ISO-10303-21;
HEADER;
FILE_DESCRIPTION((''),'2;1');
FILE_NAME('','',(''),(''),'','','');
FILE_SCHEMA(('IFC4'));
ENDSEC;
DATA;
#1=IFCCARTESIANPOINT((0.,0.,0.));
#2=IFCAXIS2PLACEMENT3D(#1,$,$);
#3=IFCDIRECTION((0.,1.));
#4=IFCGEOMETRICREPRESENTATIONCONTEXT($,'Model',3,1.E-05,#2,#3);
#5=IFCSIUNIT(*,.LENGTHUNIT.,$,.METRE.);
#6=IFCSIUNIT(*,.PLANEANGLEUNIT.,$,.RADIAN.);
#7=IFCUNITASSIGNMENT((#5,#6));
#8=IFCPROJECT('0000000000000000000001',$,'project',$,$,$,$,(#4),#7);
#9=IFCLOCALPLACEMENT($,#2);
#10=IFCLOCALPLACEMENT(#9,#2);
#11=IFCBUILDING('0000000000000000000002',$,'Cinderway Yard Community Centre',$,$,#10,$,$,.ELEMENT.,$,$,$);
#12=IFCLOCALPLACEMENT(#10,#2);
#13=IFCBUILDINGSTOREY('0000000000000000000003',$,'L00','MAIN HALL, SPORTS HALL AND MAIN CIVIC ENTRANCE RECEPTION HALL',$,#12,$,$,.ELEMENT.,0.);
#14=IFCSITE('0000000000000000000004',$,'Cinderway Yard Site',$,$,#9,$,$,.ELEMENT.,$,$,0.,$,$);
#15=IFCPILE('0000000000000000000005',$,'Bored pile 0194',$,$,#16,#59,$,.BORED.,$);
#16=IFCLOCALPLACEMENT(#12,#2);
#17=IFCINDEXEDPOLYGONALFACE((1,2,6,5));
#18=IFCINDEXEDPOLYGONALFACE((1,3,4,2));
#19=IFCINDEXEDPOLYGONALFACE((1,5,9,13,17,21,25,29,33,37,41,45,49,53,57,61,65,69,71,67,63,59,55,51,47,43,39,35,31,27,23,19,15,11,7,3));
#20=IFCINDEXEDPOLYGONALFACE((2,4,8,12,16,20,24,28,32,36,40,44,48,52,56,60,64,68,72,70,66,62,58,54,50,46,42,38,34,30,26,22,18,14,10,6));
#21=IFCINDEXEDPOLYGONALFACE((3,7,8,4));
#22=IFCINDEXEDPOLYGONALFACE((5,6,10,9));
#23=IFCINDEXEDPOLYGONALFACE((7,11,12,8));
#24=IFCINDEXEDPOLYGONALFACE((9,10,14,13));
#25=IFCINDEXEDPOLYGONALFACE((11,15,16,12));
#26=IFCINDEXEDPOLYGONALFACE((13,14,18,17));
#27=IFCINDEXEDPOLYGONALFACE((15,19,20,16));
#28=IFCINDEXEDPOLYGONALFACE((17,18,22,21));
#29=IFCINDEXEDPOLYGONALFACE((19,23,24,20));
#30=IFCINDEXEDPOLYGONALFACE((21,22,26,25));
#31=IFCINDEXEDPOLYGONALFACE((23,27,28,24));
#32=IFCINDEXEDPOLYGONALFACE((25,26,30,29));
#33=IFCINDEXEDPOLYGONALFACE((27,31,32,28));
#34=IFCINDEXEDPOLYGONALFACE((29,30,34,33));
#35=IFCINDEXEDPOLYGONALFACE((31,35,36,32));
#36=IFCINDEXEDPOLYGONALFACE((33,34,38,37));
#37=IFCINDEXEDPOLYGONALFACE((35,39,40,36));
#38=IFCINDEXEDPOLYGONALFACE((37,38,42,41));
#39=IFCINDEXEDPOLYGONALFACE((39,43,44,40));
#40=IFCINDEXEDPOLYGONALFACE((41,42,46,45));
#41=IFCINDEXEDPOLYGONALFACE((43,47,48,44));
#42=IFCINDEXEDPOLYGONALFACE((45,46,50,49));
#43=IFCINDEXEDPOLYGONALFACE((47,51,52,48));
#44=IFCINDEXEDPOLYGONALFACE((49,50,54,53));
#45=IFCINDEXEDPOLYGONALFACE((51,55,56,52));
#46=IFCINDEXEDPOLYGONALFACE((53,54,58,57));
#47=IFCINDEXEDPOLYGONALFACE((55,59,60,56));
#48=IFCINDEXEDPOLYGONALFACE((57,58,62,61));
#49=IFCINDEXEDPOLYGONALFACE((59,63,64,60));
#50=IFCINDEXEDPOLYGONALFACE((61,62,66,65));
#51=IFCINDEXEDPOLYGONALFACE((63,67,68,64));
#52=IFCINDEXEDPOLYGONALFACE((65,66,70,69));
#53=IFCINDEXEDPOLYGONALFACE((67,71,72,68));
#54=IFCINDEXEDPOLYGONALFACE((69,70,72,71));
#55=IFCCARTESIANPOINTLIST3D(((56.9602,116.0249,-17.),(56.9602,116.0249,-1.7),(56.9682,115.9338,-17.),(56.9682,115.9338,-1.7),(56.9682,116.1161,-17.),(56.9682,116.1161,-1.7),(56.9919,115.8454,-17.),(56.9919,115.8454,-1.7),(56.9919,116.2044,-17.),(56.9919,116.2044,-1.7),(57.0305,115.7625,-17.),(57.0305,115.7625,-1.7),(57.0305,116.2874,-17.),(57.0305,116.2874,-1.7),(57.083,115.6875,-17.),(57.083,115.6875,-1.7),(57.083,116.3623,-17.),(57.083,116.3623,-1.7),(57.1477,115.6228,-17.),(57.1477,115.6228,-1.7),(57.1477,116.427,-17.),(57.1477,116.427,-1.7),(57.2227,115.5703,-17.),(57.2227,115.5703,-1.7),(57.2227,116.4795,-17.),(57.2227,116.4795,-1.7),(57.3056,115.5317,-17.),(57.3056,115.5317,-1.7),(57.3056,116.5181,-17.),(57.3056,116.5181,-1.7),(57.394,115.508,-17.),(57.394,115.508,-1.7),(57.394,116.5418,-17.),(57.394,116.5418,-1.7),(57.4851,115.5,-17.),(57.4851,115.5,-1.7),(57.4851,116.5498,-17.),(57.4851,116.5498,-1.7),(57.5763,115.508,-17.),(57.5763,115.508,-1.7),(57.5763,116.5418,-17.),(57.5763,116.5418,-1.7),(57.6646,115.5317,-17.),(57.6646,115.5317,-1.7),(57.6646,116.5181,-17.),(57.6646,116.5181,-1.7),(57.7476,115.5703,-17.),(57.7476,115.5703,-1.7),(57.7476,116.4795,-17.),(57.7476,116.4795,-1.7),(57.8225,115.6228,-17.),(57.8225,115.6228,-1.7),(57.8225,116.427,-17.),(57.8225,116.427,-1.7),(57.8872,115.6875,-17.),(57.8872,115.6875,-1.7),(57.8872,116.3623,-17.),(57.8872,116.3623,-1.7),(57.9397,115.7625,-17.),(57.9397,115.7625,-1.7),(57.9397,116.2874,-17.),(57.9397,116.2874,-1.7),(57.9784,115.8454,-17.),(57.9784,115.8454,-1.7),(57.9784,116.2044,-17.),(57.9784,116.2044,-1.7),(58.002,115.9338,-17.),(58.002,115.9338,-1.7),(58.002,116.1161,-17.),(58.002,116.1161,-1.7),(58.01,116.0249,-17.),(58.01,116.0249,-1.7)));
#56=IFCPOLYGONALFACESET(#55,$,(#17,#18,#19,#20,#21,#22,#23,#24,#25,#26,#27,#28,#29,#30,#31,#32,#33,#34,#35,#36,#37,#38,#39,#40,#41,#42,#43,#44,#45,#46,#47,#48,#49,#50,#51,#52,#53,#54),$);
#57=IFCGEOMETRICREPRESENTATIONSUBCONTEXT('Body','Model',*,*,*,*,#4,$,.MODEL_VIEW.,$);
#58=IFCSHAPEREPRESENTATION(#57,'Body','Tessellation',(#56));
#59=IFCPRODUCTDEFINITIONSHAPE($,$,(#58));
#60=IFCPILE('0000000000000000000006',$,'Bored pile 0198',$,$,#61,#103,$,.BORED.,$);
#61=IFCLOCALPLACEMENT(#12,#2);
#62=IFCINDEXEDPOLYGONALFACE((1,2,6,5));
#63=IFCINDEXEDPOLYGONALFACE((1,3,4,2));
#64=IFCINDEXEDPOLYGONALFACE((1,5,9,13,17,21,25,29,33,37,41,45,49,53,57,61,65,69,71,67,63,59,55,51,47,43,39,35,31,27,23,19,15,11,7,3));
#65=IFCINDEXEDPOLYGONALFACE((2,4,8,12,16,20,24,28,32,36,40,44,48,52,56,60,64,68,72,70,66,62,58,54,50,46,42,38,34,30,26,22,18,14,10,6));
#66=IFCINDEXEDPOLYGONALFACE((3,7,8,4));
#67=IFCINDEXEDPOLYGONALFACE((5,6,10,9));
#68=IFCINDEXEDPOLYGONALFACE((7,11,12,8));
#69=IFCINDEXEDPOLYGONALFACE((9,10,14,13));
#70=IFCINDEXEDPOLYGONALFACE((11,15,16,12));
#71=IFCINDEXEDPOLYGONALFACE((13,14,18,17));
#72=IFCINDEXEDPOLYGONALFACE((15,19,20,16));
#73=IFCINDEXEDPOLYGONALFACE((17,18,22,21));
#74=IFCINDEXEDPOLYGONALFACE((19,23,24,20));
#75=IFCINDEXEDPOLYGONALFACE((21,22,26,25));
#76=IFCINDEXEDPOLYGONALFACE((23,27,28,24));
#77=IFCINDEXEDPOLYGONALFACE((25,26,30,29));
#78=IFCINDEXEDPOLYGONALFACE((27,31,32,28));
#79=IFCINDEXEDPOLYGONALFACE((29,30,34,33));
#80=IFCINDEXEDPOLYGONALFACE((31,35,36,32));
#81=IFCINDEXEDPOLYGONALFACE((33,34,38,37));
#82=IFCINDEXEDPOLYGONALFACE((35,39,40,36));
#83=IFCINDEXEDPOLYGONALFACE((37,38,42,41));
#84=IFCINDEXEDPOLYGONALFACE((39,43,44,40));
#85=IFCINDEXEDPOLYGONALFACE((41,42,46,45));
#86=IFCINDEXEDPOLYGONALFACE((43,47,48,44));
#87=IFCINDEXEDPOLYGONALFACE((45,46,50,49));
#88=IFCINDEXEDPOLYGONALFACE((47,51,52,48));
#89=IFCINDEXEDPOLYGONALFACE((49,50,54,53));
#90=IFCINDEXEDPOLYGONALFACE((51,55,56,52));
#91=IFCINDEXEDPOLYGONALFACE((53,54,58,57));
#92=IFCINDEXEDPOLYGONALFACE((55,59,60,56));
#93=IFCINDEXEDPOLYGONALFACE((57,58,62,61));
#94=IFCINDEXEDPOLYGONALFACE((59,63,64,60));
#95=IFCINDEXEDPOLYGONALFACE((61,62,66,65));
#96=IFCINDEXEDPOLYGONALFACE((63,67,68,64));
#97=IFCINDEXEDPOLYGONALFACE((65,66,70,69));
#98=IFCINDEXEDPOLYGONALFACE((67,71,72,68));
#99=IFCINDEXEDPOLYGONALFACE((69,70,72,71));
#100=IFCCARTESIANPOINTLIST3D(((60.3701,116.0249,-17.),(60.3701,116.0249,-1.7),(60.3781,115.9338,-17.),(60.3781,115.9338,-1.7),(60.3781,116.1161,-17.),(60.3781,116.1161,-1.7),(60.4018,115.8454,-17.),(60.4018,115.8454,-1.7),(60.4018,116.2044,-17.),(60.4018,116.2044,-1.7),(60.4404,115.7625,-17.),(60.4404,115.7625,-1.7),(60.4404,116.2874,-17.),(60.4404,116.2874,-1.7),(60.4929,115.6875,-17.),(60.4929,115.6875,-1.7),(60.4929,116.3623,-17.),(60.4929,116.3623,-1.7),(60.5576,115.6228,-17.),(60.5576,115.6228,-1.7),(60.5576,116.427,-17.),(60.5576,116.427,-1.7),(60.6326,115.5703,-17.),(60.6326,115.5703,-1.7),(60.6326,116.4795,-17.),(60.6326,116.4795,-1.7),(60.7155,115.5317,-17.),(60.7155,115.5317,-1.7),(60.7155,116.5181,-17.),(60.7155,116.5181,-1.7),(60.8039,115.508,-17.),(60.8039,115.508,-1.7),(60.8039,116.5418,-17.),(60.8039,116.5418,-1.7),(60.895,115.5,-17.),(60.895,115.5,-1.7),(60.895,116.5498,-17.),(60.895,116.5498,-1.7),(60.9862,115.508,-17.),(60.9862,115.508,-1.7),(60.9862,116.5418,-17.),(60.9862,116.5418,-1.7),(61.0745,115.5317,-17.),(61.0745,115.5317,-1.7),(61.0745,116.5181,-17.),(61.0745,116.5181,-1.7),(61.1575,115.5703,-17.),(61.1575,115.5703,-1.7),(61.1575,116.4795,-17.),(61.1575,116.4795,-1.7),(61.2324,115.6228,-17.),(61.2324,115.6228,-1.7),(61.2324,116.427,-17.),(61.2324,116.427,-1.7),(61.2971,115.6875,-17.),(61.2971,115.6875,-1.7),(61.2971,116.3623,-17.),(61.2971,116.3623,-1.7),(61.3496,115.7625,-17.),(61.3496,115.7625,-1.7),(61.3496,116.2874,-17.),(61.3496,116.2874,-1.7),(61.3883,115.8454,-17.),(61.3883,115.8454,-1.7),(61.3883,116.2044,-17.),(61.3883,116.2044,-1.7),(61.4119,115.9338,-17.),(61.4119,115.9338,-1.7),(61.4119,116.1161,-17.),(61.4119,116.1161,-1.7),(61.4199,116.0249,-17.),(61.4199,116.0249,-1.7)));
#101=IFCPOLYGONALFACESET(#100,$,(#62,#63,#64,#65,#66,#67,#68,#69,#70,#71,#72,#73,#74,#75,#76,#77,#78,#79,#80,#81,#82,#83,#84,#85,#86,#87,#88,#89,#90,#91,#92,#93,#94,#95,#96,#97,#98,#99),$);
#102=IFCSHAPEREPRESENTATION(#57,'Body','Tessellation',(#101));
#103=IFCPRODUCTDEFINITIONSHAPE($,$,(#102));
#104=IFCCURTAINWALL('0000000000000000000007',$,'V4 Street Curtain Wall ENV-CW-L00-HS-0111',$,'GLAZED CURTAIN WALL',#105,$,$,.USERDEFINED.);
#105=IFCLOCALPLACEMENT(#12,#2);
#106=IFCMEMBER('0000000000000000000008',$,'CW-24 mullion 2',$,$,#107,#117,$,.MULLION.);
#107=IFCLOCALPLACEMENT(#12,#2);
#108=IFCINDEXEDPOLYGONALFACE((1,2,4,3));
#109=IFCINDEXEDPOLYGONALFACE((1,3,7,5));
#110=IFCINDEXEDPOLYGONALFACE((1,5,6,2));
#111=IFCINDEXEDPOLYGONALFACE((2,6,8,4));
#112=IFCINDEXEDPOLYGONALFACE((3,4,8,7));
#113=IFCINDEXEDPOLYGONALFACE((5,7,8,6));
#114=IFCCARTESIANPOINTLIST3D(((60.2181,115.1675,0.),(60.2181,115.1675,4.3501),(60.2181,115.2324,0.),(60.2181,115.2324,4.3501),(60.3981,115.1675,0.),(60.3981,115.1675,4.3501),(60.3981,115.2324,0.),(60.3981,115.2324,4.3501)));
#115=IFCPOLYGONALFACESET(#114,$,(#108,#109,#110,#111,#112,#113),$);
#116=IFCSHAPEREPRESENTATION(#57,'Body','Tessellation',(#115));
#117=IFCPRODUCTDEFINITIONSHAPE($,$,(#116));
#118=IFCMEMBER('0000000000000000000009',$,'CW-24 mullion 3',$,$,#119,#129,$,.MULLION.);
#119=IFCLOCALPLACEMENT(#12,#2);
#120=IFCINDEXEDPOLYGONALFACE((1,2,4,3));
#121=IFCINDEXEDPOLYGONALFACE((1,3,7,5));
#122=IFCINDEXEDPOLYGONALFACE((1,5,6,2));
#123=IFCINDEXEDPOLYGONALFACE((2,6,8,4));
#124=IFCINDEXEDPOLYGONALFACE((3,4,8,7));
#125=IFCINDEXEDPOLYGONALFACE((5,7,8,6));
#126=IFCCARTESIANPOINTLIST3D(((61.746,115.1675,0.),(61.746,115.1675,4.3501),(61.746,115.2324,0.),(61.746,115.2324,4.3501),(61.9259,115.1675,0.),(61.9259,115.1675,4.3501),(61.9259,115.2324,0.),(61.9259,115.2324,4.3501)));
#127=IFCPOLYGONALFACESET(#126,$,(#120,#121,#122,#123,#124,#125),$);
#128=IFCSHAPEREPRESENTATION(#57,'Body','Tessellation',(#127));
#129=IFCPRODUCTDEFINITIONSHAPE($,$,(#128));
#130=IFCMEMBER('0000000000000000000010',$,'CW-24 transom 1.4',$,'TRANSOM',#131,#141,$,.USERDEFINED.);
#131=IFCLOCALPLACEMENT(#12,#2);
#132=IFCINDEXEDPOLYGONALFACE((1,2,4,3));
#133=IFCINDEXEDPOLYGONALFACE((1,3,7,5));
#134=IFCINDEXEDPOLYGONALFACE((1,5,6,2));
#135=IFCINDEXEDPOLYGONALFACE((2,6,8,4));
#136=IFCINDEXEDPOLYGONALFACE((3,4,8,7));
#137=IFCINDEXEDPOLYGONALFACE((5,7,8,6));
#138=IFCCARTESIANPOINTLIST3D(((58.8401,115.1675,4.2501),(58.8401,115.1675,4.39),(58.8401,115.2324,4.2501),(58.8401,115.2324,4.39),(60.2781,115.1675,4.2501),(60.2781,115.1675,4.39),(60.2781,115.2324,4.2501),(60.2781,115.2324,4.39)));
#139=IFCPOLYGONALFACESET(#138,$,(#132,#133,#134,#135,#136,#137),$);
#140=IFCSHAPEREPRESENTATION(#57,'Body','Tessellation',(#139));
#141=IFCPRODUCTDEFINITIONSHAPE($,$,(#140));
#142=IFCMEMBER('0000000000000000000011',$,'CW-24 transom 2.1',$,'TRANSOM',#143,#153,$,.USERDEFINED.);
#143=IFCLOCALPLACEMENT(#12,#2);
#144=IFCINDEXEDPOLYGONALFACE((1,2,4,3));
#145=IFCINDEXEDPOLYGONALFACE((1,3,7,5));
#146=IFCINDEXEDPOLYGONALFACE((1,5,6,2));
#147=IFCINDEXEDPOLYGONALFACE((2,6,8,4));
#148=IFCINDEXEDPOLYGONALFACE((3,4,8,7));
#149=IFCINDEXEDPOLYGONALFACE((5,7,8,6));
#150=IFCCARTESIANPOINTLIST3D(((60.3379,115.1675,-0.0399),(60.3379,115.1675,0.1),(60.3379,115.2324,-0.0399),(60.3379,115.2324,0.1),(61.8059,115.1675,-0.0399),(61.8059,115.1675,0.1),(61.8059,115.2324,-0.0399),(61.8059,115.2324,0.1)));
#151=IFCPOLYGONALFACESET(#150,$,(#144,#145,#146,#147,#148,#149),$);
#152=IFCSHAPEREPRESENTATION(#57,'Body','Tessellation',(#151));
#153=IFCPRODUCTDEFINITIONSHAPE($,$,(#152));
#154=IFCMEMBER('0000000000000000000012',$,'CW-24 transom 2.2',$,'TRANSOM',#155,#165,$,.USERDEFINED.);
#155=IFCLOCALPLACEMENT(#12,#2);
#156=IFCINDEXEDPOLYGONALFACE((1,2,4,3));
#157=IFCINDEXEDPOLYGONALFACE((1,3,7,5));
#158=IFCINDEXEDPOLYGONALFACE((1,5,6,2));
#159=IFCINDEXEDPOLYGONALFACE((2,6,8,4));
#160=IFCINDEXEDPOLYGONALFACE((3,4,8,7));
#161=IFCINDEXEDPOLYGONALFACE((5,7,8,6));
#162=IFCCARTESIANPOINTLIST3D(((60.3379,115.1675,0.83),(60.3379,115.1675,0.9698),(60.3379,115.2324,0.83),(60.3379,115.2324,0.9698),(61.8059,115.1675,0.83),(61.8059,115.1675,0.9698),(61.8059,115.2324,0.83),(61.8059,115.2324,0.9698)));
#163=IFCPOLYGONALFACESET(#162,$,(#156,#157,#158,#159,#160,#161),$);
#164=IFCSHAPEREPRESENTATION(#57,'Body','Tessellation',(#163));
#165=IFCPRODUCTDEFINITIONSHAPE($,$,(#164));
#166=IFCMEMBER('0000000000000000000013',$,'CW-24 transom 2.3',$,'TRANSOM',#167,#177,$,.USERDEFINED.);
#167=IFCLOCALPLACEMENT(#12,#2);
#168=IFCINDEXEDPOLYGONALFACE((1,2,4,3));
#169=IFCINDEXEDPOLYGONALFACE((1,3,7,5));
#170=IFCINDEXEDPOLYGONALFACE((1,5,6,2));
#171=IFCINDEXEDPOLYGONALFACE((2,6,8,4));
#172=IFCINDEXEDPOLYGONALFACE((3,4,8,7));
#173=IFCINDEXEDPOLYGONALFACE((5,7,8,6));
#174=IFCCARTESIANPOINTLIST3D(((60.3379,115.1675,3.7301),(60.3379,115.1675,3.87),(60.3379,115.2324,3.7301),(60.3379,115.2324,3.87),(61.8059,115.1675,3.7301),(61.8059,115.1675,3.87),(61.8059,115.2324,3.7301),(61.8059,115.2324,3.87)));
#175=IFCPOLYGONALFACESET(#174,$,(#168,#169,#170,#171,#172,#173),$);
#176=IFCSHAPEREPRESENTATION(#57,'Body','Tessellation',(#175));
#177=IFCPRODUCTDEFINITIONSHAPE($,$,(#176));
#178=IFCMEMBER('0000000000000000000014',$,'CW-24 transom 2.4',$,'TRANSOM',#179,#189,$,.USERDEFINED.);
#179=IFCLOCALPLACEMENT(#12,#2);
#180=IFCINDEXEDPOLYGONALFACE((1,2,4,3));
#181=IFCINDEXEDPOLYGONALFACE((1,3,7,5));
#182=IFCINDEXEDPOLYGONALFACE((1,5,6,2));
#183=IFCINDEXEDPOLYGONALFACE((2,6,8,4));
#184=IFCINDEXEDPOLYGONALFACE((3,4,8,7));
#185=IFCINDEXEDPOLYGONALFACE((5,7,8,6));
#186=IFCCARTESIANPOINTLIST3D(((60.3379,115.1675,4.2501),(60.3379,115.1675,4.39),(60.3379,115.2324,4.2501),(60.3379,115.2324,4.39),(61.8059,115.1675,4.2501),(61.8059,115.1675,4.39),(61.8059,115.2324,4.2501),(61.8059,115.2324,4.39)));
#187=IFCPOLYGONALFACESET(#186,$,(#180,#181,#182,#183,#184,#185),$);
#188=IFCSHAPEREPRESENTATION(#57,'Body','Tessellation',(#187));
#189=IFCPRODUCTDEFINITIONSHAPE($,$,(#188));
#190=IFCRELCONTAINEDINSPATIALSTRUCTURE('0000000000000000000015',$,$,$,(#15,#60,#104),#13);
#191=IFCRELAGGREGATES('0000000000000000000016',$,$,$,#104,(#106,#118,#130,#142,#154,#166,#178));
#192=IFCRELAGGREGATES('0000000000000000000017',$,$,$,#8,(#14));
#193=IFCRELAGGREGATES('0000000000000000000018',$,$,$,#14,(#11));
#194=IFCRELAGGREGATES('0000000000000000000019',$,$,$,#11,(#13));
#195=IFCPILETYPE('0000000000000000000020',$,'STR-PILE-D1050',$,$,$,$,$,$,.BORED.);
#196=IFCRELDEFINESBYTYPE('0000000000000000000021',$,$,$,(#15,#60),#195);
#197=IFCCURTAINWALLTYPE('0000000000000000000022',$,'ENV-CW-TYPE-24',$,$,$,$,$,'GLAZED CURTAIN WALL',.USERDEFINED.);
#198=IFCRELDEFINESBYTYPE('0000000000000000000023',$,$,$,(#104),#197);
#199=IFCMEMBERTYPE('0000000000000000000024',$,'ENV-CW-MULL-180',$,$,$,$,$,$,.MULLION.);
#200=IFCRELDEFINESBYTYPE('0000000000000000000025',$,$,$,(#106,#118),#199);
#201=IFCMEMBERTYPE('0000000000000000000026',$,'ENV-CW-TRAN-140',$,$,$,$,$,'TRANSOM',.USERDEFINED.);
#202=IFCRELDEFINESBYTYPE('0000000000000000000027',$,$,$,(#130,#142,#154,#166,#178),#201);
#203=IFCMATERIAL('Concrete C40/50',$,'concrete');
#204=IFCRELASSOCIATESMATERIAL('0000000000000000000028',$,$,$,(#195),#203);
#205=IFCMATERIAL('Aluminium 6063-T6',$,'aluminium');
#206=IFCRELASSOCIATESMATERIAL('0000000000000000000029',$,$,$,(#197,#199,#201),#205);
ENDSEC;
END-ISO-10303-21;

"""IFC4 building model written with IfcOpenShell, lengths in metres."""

from ifc_helpers import new_model, si_unit, direction, frame, origin, origin_2d, place, context, subcontext, project, spatial, rectangle, circle, extrude, material, material_profile, profile_set, type_object, element, aggregate, save


model = new_model("IFC4")

# Units and contexts
model_context = context("Model", 3, precision=1e-05, world=origin(), true_north=direction((0.0, 1.0)))
body_context = subcontext(model_context, "Body", "Model", "MODEL_VIEW")
ifc_project = project(units=[si_unit("LENGTHUNIT", "METRE"), si_unit("PLANEANGLEUNIT", "RADIAN")], contexts=[model_context])

# Site, building, storey
site_placement = place(None, origin())
site = spatial("IfcSite", under=ifc_project, at=site_placement, Name="Cinderway Yard Site", CompositionType="ELEMENT", RefElevation=0.0)
building_placement = place(site_placement, origin())
building = spatial("IfcBuilding", under=site, at=building_placement, Name="Cinderway Yard Community Centre", CompositionType="ELEMENT")
storey_placement = place(building_placement, origin())
storey = spatial("IfcBuildingStorey", under=building, at=storey_placement, Name="L00", Description="MAIN HALL, SPORTS HALL AND MAIN CIVIC ENTRANCE RECEPTION HALL", CompositionType="ELEMENT", Elevation=0.0)

# Piles
ifc_material_1 = material(Name="Concrete C40/50", Category="concrete")
ifc_material_profile_1 = material_profile(ifc_material_1, circle(Radius=0.5249, at=origin_2d()), Name="Concrete C40/50")
ifc_profile_set_1 = profile_set([ifc_material_profile_1], Name="Concrete C40/50")
pile_type = type_object("IfcPileType", Name="STR-PILE-D1050", PredefinedType="BORED", material=ifc_profile_set_1)
for number, where, z_axis, x_axis, name in (
    (1, (57.4851, 116.0249, -1.7), (0.0, 0.0, -1.0), (1.0, 0.0, 0.0), "Bored pile 0194"),
    (2, (60.895, 116.0249, -1.7), (0.0, 0.0, -1.0), (1.0, 0.0, 0.0), "Bored pile 0198"),
):
    element("IfcPile", number, at=place(storey_placement, frame(where, z_axis=z_axis, x_axis=x_axis)), inside=storey, type_object=pile_type, Name=name, PredefinedType="BORED", context=body_context, shape_type="SweptSolid", body=[
        extrude(circle(Radius=0.5249, at=origin_2d()), origin(), (0.0, 0.0, 1.0), 15.3),
    ])

# Curtain wall, members
ifc_material_2 = material(Name="Aluminium 6063-T6", Category="aluminium")
curtain_wall_type = type_object("IfcCurtainWallType", Name="ENV-CW-TYPE-24", ElementType="GLAZED CURTAIN WALL", PredefinedType="USERDEFINED", material=ifc_material_2)
curtain_wall_placement = place(storey_placement, origin())
curtain_wall = element("IfcCurtainWall", 3, at=curtain_wall_placement, inside=storey, type_object=curtain_wall_type, Name="V4 Street Curtain Wall ENV-CW-L00-HS-0111", ObjectType="GLAZED CURTAIN WALL", PredefinedType="USERDEFINED")
ifc_material_profile_2 = material_profile(ifc_material_2, rectangle(XDim=0.0649, YDim=0.1799, at=origin_2d()), Name="Aluminium 6063-T6")
ifc_profile_set_2 = profile_set([ifc_material_profile_2], Name="Aluminium 6063-T6")
member_type_1 = type_object("IfcMemberType", Name="ENV-CW-MULL-180", PredefinedType="MULLION", material=ifc_profile_set_2)
member_1_placement = place(storey_placement, frame((60.3081, 115.2, 0.0), z_axis=(0.0, 0.0, 1.0), x_axis=(0.0, 1.0, 0.0)))
member_1 = element("IfcMember", 4, at=member_1_placement, type_object=member_type_1, Name="CW-24 mullion 2", PredefinedType="MULLION", context=body_context, shape_type="SweptSolid", body=[
    extrude(rectangle(XDim=0.0649, YDim=0.1799, at=origin_2d()), origin(), (0.0, 0.0, 1.0), 4.3501),
])
member_2_placement = place(storey_placement, frame((61.8359, 115.2, 0.0), z_axis=(0.0, 0.0, 1.0), x_axis=(0.0, 1.0, 0.0)))
member_2 = element("IfcMember", 5, at=member_2_placement, type_object=member_type_1, Name="CW-24 mullion 3", PredefinedType="MULLION", context=body_context, shape_type="SweptSolid", body=[
    extrude(rectangle(XDim=0.0649, YDim=0.1799, at=origin_2d()), origin(), (0.0, 0.0, 1.0), 4.3501),
])
ifc_material_profile_3 = material_profile(ifc_material_2, rectangle(XDim=0.0649, YDim=0.1399, at=origin_2d()), Name="Aluminium 6063-T6")
ifc_profile_set_3 = profile_set([ifc_material_profile_3], Name="Aluminium 6063-T6")
member_type_2 = type_object("IfcMemberType", Name="ENV-CW-TRAN-140", ElementType="TRANSOM", PredefinedType="USERDEFINED", material=ifc_profile_set_3)
member_3_placement = place(storey_placement, frame((58.8401, 115.2, 4.3201), z_axis=(1.0, 0.0, 0.0), x_axis=(0.0, 1.0, 0.0)))
member_3 = element("IfcMember", 6, at=member_3_placement, type_object=member_type_2, Name="CW-24 transom 1.4", ObjectType="TRANSOM", PredefinedType="USERDEFINED", context=body_context, shape_type="SweptSolid", body=[
    extrude(rectangle(XDim=0.0649, YDim=0.1399, at=origin_2d()), origin(), (0.0, 0.0, 1.0), 1.438),
])
member_4_placement = place(storey_placement, frame((60.3379, 115.2, 0.03), z_axis=(1.0, 0.0, 0.0), x_axis=(0.0, 1.0, 0.0)))
member_4 = element("IfcMember", 7, at=member_4_placement, type_object=member_type_2, Name="CW-24 transom 2.1", ObjectType="TRANSOM", PredefinedType="USERDEFINED", context=body_context, shape_type="SweptSolid", body=[
    extrude(rectangle(XDim=0.0649, YDim=0.1399, at=origin_2d()), origin(), (0.0, 0.0, 1.0), 1.468),
])
member_5_placement = place(storey_placement, frame((60.3379, 115.2, 0.8999), z_axis=(1.0, 0.0, 0.0), x_axis=(0.0, 1.0, 0.0)))
member_5 = element("IfcMember", 8, at=member_5_placement, type_object=member_type_2, Name="CW-24 transom 2.2", ObjectType="TRANSOM", PredefinedType="USERDEFINED", context=body_context, shape_type="SweptSolid", body=[
    extrude(rectangle(XDim=0.0649, YDim=0.1399, at=origin_2d()), origin(), (0.0, 0.0, 1.0), 1.468),
])
member_6_placement = place(storey_placement, frame((60.3379, 115.2, 3.8), z_axis=(1.0, 0.0, 0.0), x_axis=(0.0, 1.0, 0.0)))
member_6 = element("IfcMember", 9, at=member_6_placement, type_object=member_type_2, Name="CW-24 transom 2.3", ObjectType="TRANSOM", PredefinedType="USERDEFINED", context=body_context, shape_type="SweptSolid", body=[
    extrude(rectangle(XDim=0.0649, YDim=0.1399, at=origin_2d()), origin(), (0.0, 0.0, 1.0), 1.468),
])
member_7_placement = place(storey_placement, frame((60.3379, 115.2, 4.3201), z_axis=(1.0, 0.0, 0.0), x_axis=(0.0, 1.0, 0.0)))
member_7 = element("IfcMember", 10, at=member_7_placement, type_object=member_type_2, Name="CW-24 transom 2.4", ObjectType="TRANSOM", PredefinedType="USERDEFINED", context=body_context, shape_type="SweptSolid", body=[
    extrude(rectangle(XDim=0.0649, YDim=0.1399, at=origin_2d()), origin(), (0.0, 0.0, 1.0), 1.468),
])
aggregate(curtain_wall, [member_1, member_2, member_3, member_4, member_5, member_6, member_7])

save(model, "model.ifc")
